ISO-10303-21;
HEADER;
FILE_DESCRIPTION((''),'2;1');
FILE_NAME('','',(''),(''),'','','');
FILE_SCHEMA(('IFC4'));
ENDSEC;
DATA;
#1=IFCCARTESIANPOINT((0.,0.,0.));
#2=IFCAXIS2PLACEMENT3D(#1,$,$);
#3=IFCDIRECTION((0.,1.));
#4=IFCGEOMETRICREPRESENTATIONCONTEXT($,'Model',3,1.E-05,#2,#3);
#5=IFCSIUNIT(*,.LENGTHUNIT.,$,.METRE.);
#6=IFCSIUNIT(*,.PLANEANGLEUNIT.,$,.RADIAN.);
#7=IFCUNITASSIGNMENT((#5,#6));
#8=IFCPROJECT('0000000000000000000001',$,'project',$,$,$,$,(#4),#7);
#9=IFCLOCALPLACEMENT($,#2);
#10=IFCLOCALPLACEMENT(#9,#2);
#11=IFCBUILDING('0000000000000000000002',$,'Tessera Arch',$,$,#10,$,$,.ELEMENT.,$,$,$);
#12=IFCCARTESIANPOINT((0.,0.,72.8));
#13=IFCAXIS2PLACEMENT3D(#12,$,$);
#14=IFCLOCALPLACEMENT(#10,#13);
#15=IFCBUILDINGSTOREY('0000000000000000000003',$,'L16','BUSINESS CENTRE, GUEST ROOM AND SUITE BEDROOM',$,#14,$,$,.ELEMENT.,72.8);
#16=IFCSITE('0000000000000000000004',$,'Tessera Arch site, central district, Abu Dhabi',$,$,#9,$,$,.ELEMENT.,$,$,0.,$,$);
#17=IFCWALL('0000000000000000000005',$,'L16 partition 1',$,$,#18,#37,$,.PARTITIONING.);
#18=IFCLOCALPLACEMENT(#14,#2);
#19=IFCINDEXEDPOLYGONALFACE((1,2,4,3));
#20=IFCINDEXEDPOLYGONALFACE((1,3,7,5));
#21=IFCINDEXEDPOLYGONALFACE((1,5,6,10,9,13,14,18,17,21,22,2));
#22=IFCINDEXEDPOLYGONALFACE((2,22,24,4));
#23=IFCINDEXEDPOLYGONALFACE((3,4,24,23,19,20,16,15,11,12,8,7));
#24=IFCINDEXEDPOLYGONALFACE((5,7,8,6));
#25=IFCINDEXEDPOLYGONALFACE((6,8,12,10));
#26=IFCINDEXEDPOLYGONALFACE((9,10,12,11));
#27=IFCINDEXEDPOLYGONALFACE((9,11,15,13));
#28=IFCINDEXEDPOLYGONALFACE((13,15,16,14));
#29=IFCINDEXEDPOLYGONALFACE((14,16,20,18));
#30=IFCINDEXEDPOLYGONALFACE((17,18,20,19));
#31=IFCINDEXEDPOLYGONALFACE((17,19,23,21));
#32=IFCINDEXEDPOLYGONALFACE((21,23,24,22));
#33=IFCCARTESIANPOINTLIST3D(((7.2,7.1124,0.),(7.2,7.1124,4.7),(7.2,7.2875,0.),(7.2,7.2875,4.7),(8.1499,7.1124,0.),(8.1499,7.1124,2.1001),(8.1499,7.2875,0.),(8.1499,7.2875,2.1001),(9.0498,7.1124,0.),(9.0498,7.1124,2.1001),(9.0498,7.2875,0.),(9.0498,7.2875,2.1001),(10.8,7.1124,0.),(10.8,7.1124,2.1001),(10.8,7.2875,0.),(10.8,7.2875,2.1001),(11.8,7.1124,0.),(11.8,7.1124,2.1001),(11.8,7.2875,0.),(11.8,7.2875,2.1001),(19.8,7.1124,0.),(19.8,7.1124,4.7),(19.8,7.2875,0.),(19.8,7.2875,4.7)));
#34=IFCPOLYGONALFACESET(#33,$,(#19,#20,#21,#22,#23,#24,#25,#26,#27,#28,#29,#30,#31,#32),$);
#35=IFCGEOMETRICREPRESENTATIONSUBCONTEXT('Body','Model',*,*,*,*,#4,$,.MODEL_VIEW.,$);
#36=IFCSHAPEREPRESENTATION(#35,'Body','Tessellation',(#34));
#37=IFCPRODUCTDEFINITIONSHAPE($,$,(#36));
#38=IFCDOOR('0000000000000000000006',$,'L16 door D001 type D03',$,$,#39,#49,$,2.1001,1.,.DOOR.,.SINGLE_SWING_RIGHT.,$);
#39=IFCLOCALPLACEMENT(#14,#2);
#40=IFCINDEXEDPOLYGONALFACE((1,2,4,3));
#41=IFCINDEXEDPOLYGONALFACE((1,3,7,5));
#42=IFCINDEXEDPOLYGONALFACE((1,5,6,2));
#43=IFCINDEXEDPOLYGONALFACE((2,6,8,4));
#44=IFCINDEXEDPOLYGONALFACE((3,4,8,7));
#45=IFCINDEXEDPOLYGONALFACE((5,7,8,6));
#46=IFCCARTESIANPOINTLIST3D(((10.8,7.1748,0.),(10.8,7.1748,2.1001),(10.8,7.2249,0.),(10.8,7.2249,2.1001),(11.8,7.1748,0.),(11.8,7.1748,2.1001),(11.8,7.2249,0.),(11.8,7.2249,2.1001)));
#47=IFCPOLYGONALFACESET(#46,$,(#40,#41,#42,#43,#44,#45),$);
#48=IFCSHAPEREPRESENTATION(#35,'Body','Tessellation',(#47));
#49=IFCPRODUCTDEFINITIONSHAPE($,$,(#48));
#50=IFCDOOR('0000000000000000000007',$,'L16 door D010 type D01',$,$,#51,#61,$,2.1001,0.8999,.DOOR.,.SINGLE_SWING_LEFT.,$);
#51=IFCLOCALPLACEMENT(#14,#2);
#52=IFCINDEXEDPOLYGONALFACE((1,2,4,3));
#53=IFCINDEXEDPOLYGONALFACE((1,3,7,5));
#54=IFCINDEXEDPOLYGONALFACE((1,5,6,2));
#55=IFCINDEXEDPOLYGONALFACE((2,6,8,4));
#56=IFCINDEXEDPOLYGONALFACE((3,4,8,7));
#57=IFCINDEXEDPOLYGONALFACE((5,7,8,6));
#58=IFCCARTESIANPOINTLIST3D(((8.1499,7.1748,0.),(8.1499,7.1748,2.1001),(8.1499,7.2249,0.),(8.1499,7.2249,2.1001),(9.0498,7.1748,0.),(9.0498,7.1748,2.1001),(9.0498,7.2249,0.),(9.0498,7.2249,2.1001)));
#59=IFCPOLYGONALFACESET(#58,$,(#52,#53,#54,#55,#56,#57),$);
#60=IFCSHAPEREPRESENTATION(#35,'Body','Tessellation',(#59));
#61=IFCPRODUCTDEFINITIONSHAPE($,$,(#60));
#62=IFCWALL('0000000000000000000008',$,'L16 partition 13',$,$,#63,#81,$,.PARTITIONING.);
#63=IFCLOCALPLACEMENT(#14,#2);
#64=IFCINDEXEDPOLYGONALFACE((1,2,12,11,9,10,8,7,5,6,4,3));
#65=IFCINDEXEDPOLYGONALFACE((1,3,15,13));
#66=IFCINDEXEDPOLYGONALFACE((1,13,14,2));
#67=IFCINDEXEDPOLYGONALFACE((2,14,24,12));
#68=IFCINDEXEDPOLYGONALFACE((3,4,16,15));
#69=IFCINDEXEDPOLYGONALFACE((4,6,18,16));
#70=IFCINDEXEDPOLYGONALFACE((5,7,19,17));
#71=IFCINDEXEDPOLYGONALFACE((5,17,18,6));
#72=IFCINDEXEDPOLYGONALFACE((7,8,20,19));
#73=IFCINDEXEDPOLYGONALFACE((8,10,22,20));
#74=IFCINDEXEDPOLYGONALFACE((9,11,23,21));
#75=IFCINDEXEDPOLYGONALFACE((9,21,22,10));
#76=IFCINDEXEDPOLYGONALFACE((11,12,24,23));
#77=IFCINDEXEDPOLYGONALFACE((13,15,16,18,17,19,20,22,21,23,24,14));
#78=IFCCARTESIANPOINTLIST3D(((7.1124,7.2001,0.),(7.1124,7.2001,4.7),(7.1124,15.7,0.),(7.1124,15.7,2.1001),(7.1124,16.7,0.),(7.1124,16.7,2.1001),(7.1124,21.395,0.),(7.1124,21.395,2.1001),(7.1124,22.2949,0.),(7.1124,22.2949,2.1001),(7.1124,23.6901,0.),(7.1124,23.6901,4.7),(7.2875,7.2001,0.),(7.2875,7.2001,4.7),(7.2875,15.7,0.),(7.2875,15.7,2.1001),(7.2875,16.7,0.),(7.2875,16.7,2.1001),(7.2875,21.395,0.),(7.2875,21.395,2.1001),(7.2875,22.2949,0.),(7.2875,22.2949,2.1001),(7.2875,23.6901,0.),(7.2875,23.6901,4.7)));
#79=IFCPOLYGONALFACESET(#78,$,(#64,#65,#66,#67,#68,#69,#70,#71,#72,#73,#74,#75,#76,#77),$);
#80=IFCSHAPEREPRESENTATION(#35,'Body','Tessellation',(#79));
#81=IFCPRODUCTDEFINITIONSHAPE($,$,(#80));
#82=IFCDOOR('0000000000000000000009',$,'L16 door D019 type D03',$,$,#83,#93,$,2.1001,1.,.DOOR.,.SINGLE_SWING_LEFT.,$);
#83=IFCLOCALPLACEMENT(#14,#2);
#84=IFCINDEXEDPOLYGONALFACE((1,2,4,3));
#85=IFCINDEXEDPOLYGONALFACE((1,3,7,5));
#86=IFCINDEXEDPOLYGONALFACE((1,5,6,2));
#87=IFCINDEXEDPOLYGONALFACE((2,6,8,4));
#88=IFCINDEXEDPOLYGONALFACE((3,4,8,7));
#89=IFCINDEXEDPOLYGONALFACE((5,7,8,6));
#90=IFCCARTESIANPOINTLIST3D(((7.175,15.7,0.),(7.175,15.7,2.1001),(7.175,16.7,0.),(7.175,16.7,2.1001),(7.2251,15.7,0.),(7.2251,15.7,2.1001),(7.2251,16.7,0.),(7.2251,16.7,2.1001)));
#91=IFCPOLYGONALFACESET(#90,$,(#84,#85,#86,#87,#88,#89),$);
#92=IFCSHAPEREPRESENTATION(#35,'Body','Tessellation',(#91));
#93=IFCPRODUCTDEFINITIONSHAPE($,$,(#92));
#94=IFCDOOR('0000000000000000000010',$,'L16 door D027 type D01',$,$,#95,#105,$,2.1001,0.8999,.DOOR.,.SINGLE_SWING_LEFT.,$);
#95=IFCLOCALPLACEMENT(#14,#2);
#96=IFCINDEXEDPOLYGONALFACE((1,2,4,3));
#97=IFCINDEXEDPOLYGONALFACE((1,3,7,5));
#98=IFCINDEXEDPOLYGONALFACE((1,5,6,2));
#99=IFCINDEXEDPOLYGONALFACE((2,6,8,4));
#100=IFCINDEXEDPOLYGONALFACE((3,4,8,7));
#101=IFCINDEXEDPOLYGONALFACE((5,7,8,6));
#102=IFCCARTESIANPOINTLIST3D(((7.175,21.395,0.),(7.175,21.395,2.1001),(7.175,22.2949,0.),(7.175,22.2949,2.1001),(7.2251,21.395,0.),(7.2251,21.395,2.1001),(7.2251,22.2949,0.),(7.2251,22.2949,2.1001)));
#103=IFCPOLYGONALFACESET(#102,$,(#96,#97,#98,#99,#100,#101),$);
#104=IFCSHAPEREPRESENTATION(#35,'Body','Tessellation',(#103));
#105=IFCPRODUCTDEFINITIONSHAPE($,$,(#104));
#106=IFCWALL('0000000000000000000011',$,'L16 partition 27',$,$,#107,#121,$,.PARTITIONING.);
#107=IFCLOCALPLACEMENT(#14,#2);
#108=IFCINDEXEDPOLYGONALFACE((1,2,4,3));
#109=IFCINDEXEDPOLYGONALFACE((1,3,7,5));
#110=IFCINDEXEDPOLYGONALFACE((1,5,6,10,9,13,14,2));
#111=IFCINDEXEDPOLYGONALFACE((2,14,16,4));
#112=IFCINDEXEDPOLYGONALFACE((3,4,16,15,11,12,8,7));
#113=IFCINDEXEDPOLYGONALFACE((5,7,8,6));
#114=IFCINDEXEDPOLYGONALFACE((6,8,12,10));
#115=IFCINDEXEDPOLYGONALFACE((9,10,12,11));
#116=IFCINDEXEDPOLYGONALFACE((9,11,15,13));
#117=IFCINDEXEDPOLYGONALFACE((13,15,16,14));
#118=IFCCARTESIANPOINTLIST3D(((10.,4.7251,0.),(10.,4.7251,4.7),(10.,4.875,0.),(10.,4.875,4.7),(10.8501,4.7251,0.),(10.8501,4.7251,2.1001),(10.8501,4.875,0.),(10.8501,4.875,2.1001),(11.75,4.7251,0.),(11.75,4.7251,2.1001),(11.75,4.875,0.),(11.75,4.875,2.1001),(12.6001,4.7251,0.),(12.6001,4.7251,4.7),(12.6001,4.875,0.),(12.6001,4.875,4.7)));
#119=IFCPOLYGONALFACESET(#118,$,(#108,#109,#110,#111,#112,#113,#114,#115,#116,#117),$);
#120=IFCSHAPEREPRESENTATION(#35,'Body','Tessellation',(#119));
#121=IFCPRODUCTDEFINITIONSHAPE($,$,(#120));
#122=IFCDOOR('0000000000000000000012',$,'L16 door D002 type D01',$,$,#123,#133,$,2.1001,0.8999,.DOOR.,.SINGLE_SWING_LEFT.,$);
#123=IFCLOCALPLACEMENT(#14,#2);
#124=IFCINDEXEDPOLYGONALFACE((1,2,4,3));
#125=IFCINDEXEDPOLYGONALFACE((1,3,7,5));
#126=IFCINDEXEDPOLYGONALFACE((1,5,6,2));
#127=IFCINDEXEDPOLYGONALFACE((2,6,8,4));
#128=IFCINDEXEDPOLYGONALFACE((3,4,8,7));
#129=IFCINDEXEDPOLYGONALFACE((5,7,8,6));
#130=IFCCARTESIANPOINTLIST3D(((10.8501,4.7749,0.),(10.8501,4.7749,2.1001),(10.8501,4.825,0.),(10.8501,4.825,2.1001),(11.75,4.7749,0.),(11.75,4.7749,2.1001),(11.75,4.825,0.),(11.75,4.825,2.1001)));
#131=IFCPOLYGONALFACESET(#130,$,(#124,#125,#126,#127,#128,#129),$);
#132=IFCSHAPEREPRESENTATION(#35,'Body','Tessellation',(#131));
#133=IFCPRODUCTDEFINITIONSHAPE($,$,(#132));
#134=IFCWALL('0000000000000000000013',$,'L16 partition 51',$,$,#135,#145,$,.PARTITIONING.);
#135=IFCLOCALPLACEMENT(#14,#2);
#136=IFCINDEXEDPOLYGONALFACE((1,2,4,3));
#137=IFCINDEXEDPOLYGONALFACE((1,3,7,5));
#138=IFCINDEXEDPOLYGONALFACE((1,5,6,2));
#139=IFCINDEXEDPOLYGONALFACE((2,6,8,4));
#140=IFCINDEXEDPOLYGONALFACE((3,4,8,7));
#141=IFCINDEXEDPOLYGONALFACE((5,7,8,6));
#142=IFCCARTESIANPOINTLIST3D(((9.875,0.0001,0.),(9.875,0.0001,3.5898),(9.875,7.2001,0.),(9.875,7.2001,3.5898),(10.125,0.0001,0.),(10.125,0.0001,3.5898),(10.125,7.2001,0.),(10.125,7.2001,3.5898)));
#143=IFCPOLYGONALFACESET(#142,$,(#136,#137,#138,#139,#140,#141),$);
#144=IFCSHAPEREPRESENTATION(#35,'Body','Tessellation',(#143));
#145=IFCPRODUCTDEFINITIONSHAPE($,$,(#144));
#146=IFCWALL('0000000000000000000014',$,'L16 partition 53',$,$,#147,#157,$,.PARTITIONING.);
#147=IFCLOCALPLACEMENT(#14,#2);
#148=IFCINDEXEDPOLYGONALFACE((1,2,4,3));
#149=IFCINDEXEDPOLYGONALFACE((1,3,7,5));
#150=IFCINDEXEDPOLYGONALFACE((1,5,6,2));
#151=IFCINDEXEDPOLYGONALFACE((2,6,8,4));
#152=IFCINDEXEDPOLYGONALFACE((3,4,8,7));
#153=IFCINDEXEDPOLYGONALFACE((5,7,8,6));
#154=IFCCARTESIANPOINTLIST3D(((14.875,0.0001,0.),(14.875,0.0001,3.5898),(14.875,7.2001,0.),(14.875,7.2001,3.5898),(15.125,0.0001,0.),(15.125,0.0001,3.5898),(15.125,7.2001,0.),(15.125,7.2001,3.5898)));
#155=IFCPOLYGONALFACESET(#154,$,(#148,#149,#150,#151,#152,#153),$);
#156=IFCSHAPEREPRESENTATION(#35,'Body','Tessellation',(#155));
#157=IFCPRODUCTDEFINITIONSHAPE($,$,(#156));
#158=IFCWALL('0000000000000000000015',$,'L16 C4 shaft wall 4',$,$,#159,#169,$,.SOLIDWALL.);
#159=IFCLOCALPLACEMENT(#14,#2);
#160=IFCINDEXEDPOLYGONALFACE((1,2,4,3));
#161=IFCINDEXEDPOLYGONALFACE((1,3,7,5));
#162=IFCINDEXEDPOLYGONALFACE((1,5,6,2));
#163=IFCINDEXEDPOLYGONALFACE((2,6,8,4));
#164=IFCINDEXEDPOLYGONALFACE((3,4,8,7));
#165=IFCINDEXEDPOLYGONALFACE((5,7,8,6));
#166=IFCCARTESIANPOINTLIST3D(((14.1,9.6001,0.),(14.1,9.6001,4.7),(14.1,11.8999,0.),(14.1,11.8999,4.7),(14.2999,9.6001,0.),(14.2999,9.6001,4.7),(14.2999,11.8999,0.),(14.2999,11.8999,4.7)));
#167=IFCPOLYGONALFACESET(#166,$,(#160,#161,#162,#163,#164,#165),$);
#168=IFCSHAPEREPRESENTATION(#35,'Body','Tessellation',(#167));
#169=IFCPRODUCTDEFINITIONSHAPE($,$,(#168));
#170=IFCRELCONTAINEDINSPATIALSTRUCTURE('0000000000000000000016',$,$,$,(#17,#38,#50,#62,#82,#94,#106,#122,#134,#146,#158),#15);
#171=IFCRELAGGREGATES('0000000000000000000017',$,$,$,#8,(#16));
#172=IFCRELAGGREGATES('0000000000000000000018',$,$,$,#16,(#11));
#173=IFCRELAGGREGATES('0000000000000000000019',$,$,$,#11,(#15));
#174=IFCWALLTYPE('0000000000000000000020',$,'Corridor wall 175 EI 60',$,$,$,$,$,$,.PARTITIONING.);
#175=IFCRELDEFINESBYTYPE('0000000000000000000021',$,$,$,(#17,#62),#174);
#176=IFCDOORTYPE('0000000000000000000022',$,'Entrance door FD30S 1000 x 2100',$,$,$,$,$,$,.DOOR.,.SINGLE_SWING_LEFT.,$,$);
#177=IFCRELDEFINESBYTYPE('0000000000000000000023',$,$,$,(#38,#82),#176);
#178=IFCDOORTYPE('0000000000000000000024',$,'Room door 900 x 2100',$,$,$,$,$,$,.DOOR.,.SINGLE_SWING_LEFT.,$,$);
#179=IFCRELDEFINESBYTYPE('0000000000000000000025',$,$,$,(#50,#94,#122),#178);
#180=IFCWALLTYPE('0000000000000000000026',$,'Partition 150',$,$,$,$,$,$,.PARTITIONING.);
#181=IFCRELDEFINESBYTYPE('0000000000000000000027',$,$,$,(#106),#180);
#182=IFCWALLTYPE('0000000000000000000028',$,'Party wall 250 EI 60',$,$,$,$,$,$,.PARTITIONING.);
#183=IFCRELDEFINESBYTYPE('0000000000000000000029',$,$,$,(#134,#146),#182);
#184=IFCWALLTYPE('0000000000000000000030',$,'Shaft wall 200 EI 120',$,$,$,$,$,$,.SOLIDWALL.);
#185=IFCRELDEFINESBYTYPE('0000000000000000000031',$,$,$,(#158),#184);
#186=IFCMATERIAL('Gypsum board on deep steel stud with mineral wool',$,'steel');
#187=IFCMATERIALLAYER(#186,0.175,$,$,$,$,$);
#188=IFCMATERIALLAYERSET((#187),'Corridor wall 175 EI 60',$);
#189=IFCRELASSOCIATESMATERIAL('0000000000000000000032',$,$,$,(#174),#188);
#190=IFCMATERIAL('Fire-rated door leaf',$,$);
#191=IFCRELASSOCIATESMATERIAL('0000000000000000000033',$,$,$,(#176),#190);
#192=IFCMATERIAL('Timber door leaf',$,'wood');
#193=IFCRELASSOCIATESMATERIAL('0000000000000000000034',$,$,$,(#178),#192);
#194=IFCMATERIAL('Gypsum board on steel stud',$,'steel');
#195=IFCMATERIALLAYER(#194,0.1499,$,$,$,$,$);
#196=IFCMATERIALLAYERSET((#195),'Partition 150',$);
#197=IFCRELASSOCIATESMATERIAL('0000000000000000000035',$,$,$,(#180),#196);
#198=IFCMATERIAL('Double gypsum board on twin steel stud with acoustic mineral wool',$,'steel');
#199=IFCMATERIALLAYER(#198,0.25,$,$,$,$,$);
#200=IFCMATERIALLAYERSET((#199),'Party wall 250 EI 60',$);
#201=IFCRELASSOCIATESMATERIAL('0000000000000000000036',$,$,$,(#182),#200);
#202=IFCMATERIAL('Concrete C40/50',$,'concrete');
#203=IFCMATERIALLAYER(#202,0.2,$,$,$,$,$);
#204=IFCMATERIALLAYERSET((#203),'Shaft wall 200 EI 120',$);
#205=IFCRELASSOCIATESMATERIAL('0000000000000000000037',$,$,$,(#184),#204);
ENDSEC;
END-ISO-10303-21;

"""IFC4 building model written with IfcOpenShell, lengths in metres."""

from ifc_helpers import new_model, si_unit, direction, frame, frame_2d, origin, place, context, subcontext, project, spatial, rectangle, extrude, material, layer, layer_set, type_object, element, fill, save


model = new_model("IFC4")

# Units and contexts
model_context = context("Model", 3, precision=1e-05, world=origin(), true_north=direction((0.0, 1.0)))
body_context = subcontext(model_context, "Body", "Model", "MODEL_VIEW")
ifc_project = project(units=[si_unit("LENGTHUNIT", "METRE"), si_unit("PLANEANGLEUNIT", "RADIAN")], contexts=[model_context])

# Site, building, storey
site_placement = place(None, origin())
site = spatial("IfcSite", under=ifc_project, at=site_placement, Name="Tessera Arch site, central district, Abu Dhabi", CompositionType="ELEMENT", RefElevation=0.0)
building_placement = place(site_placement, origin())
building = spatial("IfcBuilding", under=site, at=building_placement, Name="Tessera Arch", CompositionType="ELEMENT")
storey_placement = place(building_placement, frame((0.0, 0.0, 72.8)))
storey = spatial("IfcBuildingStorey", under=building, at=storey_placement, Name="L16", Description="BUSINESS CENTRE, GUEST ROOM AND SUITE BEDROOM", CompositionType="ELEMENT", Elevation=72.8)

# Walls, openings, doors
ifc_material_1 = material(Name="Gypsum board on deep steel stud with mineral wool", Category="steel")
ifc_layer_1 = layer(ifc_material_1, 0.175)
ifc_layer_set_1 = layer_set([ifc_layer_1], Name="Corridor wall 175 EI 60")
wall_type_1 = type_object("IfcWallType", Name="Corridor wall 175 EI 60", PredefinedType="PARTITIONING", material=ifc_layer_set_1)
wall_1_placement = place(storey_placement, frame((7.2, 7.2, 0.0), z_axis=(0.0, 0.0, 1.0), x_axis=(1.0, 0.0, 0.0)))
wall_1 = element("IfcWall", 1, at=wall_1_placement, inside=storey, type_object=wall_type_1, Name="L16 partition 1", PredefinedType="PARTITIONING", context=body_context, shape_type="SweptSolid", body=[
    extrude(rectangle(XDim=12.6001, YDim=0.175, at=frame_2d((6.3, 0.0))), origin(), (0.0, 0.0, 1.0), 4.7),
])
opening_1_placement = place(wall_1_placement, frame((3.6001, 0.0, 0.0)))
opening_1 = element("IfcOpeningElement", 2, at=opening_1_placement, cuts=wall_1, PredefinedType="OPENING", context=body_context, shape_type="SweptSolid", body=[
    extrude(rectangle(XDim=1.0, YDim=2.1001, at=frame_2d((0.5, 1.05))), frame((0.0, 0.0974, 0.0), z_axis=(0.0, -1.0, 0.0), x_axis=(1.0, 0.0, 0.0)), (0.0, 0.0, 1.0), 0.1951),
])
opening_2_placement = place(wall_1_placement, frame((0.95, 0.0, 0.0)))
opening_2 = element("IfcOpeningElement", 3, at=opening_2_placement, cuts=wall_1, PredefinedType="OPENING", context=body_context, shape_type="SweptSolid", body=[
    extrude(rectangle(XDim=0.8999, YDim=2.1001, at=frame_2d((0.45, 1.05))), frame((0.0, 0.0974, 0.0), z_axis=(0.0, -1.0, 0.0), x_axis=(1.0, 0.0, 0.0)), (0.0, 0.0, 1.0), 0.1951),
])
ifc_material_2 = material(Name="Fire-rated door leaf")
door_type_1 = type_object("IfcDoorType", Name="Entrance door FD30S 1000 x 2100", OperationType="SINGLE_SWING_LEFT", PredefinedType="DOOR", material=ifc_material_2)
door_1_placement = place(opening_1_placement, origin())
door_1 = element("IfcDoor", 4, at=door_1_placement, inside=storey, type_object=door_type_1, Name="L16 door D001 type D03", OperationType="SINGLE_SWING_RIGHT", OverallHeight=2.1001, OverallWidth=1.0, PredefinedType="DOOR", context=body_context, shape_type="SweptSolid", body=[
    extrude(rectangle(XDim=1.0, YDim=2.1001, at=frame_2d((0.5, 1.05))), frame((0.0, 0.0249, 0.0), z_axis=(0.0, -1.0, 0.0), x_axis=(1.0, 0.0, 0.0)), (0.0, 0.0, 1.0), 0.05),
])
fill(opening_1, door_1)
ifc_material_3 = material(Name="Timber door leaf", Category="wood")
door_type_2 = type_object("IfcDoorType", Name="Room door 900 x 2100", OperationType="SINGLE_SWING_LEFT", PredefinedType="DOOR", material=ifc_material_3)
door_2_placement = place(opening_2_placement, origin())
door_2 = element("IfcDoor", 5, at=door_2_placement, inside=storey, type_object=door_type_2, Name="L16 door D010 type D01", OperationType="SINGLE_SWING_LEFT", OverallHeight=2.1001, OverallWidth=0.8999, PredefinedType="DOOR", context=body_context, shape_type="SweptSolid", body=[
    extrude(rectangle(XDim=0.8999, YDim=2.1001, at=frame_2d((0.45, 1.05))), frame((0.0, 0.0249, 0.0), z_axis=(0.0, -1.0, 0.0), x_axis=(1.0, 0.0, 0.0)), (0.0, 0.0, 1.0), 0.05),
])
fill(opening_2, door_2)
wall_2_placement = place(storey_placement, frame((7.2, 7.2, 0.0), z_axis=(0.0, 0.0, 1.0), x_axis=(0.0, 1.0, 0.0)))
wall_2 = element("IfcWall", 6, at=wall_2_placement, inside=storey, type_object=wall_type_1, Name="L16 partition 13", PredefinedType="PARTITIONING", context=body_context, shape_type="SweptSolid", body=[
    extrude(rectangle(XDim=16.49, YDim=0.175, at=frame_2d((8.2451, 0.0))), origin(), (0.0, 0.0, 1.0), 4.7),
])
opening_3_placement = place(wall_2_placement, frame((8.5, 0.0, 0.0)))
opening_3 = element("IfcOpeningElement", 7, at=opening_3_placement, cuts=wall_2, PredefinedType="OPENING", context=body_context, shape_type="SweptSolid", body=[
    extrude(rectangle(XDim=1.0, YDim=2.1001, at=frame_2d((0.5, 1.05))), frame((0.0, 0.0974, 0.0), z_axis=(0.0, -1.0, 0.0), x_axis=(1.0, 0.0, 0.0)), (0.0, 0.0, 1.0), 0.1951),
])
opening_4_placement = place(wall_2_placement, frame((14.1951, 0.0, 0.0)))
opening_4 = element("IfcOpeningElement", 8, at=opening_4_placement, cuts=wall_2, PredefinedType="OPENING", context=body_context, shape_type="SweptSolid", body=[
    extrude(rectangle(XDim=0.8999, YDim=2.1001, at=frame_2d((0.45, 1.05))), frame((0.0, 0.0974, 0.0), z_axis=(0.0, -1.0, 0.0), x_axis=(1.0, 0.0, 0.0)), (0.0, 0.0, 1.0), 0.1951),
])
door_3_placement = place(opening_3_placement, origin())
door_3 = element("IfcDoor", 9, at=door_3_placement, inside=storey, type_object=door_type_1, Name="L16 door D019 type D03", OperationType="SINGLE_SWING_LEFT", OverallHeight=2.1001, OverallWidth=1.0, PredefinedType="DOOR", context=body_context, shape_type="SweptSolid", body=[
    extrude(rectangle(XDim=1.0, YDim=2.1001, at=frame_2d((0.5, 1.05))), frame((0.0, 0.0249, 0.0), z_axis=(0.0, -1.0, 0.0), x_axis=(1.0, 0.0, 0.0)), (0.0, 0.0, 1.0), 0.05),
])
fill(opening_3, door_3)
door_4_placement = place(opening_4_placement, origin())
door_4 = element("IfcDoor", 10, at=door_4_placement, inside=storey, type_object=door_type_2, Name="L16 door D027 type D01", OperationType="SINGLE_SWING_LEFT", OverallHeight=2.1001, OverallWidth=0.8999, PredefinedType="DOOR", context=body_context, shape_type="SweptSolid", body=[
    extrude(rectangle(XDim=0.8999, YDim=2.1001, at=frame_2d((0.45, 1.05))), frame((0.0, 0.0249, 0.0), z_axis=(0.0, -1.0, 0.0), x_axis=(1.0, 0.0, 0.0)), (0.0, 0.0, 1.0), 0.05),
])
fill(opening_4, door_4)

# Wall, opening, door
ifc_material_4 = material(Name="Gypsum board on steel stud", Category="steel")
ifc_layer_2 = layer(ifc_material_4, 0.1499)
ifc_layer_set_2 = layer_set([ifc_layer_2], Name="Partition 150")
wall_type_2 = type_object("IfcWallType", Name="Partition 150", PredefinedType="PARTITIONING", material=ifc_layer_set_2)
wall_3_placement = place(storey_placement, frame((10.0, 4.8, 0.0), z_axis=(0.0, 0.0, 1.0), x_axis=(1.0, 0.0, 0.0)))
wall_3 = element("IfcWall", 11, at=wall_3_placement, inside=storey, type_object=wall_type_2, Name="L16 partition 27", PredefinedType="PARTITIONING", context=body_context, shape_type="SweptSolid", body=[
    extrude(rectangle(XDim=2.6001, YDim=0.1499, at=frame_2d((1.3, 0.0))), origin(), (0.0, 0.0, 1.0), 4.7),
])
opening_5_placement = place(wall_3_placement, frame((0.8501, 0.0, 0.0)))
opening_5 = element("IfcOpeningElement", 12, at=opening_5_placement, cuts=wall_3, PredefinedType="OPENING", context=body_context, shape_type="SweptSolid", body=[
    extrude(rectangle(XDim=0.8999, YDim=2.1001, at=frame_2d((0.45, 1.05))), frame((0.0, 0.085, 0.0), z_axis=(0.0, -1.0, 0.0), x_axis=(1.0, 0.0, 0.0)), (0.0, 0.0, 1.0), 0.1699),
])
door_5_placement = place(opening_5_placement, origin())
door_5 = element("IfcDoor", 13, at=door_5_placement, inside=storey, type_object=door_type_2, Name="L16 door D002 type D01", OperationType="SINGLE_SWING_LEFT", OverallHeight=2.1001, OverallWidth=0.8999, PredefinedType="DOOR", context=body_context, shape_type="SweptSolid", body=[
    extrude(rectangle(XDim=0.8999, YDim=2.1001, at=frame_2d((0.45, 1.05))), frame((0.0, 0.0249, 0.0), z_axis=(0.0, -1.0, 0.0), x_axis=(1.0, 0.0, 0.0)), (0.0, 0.0, 1.0), 0.05),
])
fill(opening_5, door_5)

# Walls
ifc_material_5 = material(Name="Double gypsum board on twin steel stud with acoustic mineral wool", Category="steel")
ifc_layer_3 = layer(ifc_material_5, 0.25)
ifc_layer_set_3 = layer_set([ifc_layer_3], Name="Party wall 250 EI 60")
wall_type_3 = type_object("IfcWallType", Name="Party wall 250 EI 60", PredefinedType="PARTITIONING", material=ifc_layer_set_3)
for number, where, z_axis, x_axis, name in (
    (14, (10.0, 0.0, 0.0), (0.0, 0.0, 1.0), (0.0, 1.0, 0.0), "L16 partition 51"),
    (15, (15.0, 0.0, 0.0), (0.0, 0.0, 1.0), (0.0, 1.0, 0.0), "L16 partition 53"),
):
    element("IfcWall", number, at=place(storey_placement, frame(where, z_axis=z_axis, x_axis=x_axis)), inside=storey, type_object=wall_type_3, Name=name, PredefinedType="PARTITIONING", context=body_context, shape_type="SweptSolid", body=[
        extrude(rectangle(XDim=7.2, YDim=0.25, at=frame_2d((3.6001, 0.0))), origin(), (0.0, 0.0, 1.0), 3.5898),
    ])
ifc_material_6 = material(Name="Concrete C40/50", Category="concrete")
ifc_layer_4 = layer(ifc_material_6, 0.2)
ifc_layer_set_4 = layer_set([ifc_layer_4], Name="Shaft wall 200 EI 120")
wall_type_4 = type_object("IfcWallType", Name="Shaft wall 200 EI 120", PredefinedType="SOLIDWALL", material=ifc_layer_set_4)
wall_4_placement = place(storey_placement, frame((14.2, 9.6001, 0.0), z_axis=(0.0, 0.0, 1.0), x_axis=(0.0, 1.0, 0.0)))
element("IfcWall", 16, at=wall_4_placement, inside=storey, type_object=wall_type_4, Name="L16 C4 shaft wall 4", PredefinedType="SOLIDWALL", context=body_context, shape_type="SweptSolid", body=[
    extrude(rectangle(XDim=2.2998, YDim=0.2, at=frame_2d((1.1499, 0.0))), origin(), (0.0, 0.0, 1.0), 4.7),
])

save(model, "model.ifc")
